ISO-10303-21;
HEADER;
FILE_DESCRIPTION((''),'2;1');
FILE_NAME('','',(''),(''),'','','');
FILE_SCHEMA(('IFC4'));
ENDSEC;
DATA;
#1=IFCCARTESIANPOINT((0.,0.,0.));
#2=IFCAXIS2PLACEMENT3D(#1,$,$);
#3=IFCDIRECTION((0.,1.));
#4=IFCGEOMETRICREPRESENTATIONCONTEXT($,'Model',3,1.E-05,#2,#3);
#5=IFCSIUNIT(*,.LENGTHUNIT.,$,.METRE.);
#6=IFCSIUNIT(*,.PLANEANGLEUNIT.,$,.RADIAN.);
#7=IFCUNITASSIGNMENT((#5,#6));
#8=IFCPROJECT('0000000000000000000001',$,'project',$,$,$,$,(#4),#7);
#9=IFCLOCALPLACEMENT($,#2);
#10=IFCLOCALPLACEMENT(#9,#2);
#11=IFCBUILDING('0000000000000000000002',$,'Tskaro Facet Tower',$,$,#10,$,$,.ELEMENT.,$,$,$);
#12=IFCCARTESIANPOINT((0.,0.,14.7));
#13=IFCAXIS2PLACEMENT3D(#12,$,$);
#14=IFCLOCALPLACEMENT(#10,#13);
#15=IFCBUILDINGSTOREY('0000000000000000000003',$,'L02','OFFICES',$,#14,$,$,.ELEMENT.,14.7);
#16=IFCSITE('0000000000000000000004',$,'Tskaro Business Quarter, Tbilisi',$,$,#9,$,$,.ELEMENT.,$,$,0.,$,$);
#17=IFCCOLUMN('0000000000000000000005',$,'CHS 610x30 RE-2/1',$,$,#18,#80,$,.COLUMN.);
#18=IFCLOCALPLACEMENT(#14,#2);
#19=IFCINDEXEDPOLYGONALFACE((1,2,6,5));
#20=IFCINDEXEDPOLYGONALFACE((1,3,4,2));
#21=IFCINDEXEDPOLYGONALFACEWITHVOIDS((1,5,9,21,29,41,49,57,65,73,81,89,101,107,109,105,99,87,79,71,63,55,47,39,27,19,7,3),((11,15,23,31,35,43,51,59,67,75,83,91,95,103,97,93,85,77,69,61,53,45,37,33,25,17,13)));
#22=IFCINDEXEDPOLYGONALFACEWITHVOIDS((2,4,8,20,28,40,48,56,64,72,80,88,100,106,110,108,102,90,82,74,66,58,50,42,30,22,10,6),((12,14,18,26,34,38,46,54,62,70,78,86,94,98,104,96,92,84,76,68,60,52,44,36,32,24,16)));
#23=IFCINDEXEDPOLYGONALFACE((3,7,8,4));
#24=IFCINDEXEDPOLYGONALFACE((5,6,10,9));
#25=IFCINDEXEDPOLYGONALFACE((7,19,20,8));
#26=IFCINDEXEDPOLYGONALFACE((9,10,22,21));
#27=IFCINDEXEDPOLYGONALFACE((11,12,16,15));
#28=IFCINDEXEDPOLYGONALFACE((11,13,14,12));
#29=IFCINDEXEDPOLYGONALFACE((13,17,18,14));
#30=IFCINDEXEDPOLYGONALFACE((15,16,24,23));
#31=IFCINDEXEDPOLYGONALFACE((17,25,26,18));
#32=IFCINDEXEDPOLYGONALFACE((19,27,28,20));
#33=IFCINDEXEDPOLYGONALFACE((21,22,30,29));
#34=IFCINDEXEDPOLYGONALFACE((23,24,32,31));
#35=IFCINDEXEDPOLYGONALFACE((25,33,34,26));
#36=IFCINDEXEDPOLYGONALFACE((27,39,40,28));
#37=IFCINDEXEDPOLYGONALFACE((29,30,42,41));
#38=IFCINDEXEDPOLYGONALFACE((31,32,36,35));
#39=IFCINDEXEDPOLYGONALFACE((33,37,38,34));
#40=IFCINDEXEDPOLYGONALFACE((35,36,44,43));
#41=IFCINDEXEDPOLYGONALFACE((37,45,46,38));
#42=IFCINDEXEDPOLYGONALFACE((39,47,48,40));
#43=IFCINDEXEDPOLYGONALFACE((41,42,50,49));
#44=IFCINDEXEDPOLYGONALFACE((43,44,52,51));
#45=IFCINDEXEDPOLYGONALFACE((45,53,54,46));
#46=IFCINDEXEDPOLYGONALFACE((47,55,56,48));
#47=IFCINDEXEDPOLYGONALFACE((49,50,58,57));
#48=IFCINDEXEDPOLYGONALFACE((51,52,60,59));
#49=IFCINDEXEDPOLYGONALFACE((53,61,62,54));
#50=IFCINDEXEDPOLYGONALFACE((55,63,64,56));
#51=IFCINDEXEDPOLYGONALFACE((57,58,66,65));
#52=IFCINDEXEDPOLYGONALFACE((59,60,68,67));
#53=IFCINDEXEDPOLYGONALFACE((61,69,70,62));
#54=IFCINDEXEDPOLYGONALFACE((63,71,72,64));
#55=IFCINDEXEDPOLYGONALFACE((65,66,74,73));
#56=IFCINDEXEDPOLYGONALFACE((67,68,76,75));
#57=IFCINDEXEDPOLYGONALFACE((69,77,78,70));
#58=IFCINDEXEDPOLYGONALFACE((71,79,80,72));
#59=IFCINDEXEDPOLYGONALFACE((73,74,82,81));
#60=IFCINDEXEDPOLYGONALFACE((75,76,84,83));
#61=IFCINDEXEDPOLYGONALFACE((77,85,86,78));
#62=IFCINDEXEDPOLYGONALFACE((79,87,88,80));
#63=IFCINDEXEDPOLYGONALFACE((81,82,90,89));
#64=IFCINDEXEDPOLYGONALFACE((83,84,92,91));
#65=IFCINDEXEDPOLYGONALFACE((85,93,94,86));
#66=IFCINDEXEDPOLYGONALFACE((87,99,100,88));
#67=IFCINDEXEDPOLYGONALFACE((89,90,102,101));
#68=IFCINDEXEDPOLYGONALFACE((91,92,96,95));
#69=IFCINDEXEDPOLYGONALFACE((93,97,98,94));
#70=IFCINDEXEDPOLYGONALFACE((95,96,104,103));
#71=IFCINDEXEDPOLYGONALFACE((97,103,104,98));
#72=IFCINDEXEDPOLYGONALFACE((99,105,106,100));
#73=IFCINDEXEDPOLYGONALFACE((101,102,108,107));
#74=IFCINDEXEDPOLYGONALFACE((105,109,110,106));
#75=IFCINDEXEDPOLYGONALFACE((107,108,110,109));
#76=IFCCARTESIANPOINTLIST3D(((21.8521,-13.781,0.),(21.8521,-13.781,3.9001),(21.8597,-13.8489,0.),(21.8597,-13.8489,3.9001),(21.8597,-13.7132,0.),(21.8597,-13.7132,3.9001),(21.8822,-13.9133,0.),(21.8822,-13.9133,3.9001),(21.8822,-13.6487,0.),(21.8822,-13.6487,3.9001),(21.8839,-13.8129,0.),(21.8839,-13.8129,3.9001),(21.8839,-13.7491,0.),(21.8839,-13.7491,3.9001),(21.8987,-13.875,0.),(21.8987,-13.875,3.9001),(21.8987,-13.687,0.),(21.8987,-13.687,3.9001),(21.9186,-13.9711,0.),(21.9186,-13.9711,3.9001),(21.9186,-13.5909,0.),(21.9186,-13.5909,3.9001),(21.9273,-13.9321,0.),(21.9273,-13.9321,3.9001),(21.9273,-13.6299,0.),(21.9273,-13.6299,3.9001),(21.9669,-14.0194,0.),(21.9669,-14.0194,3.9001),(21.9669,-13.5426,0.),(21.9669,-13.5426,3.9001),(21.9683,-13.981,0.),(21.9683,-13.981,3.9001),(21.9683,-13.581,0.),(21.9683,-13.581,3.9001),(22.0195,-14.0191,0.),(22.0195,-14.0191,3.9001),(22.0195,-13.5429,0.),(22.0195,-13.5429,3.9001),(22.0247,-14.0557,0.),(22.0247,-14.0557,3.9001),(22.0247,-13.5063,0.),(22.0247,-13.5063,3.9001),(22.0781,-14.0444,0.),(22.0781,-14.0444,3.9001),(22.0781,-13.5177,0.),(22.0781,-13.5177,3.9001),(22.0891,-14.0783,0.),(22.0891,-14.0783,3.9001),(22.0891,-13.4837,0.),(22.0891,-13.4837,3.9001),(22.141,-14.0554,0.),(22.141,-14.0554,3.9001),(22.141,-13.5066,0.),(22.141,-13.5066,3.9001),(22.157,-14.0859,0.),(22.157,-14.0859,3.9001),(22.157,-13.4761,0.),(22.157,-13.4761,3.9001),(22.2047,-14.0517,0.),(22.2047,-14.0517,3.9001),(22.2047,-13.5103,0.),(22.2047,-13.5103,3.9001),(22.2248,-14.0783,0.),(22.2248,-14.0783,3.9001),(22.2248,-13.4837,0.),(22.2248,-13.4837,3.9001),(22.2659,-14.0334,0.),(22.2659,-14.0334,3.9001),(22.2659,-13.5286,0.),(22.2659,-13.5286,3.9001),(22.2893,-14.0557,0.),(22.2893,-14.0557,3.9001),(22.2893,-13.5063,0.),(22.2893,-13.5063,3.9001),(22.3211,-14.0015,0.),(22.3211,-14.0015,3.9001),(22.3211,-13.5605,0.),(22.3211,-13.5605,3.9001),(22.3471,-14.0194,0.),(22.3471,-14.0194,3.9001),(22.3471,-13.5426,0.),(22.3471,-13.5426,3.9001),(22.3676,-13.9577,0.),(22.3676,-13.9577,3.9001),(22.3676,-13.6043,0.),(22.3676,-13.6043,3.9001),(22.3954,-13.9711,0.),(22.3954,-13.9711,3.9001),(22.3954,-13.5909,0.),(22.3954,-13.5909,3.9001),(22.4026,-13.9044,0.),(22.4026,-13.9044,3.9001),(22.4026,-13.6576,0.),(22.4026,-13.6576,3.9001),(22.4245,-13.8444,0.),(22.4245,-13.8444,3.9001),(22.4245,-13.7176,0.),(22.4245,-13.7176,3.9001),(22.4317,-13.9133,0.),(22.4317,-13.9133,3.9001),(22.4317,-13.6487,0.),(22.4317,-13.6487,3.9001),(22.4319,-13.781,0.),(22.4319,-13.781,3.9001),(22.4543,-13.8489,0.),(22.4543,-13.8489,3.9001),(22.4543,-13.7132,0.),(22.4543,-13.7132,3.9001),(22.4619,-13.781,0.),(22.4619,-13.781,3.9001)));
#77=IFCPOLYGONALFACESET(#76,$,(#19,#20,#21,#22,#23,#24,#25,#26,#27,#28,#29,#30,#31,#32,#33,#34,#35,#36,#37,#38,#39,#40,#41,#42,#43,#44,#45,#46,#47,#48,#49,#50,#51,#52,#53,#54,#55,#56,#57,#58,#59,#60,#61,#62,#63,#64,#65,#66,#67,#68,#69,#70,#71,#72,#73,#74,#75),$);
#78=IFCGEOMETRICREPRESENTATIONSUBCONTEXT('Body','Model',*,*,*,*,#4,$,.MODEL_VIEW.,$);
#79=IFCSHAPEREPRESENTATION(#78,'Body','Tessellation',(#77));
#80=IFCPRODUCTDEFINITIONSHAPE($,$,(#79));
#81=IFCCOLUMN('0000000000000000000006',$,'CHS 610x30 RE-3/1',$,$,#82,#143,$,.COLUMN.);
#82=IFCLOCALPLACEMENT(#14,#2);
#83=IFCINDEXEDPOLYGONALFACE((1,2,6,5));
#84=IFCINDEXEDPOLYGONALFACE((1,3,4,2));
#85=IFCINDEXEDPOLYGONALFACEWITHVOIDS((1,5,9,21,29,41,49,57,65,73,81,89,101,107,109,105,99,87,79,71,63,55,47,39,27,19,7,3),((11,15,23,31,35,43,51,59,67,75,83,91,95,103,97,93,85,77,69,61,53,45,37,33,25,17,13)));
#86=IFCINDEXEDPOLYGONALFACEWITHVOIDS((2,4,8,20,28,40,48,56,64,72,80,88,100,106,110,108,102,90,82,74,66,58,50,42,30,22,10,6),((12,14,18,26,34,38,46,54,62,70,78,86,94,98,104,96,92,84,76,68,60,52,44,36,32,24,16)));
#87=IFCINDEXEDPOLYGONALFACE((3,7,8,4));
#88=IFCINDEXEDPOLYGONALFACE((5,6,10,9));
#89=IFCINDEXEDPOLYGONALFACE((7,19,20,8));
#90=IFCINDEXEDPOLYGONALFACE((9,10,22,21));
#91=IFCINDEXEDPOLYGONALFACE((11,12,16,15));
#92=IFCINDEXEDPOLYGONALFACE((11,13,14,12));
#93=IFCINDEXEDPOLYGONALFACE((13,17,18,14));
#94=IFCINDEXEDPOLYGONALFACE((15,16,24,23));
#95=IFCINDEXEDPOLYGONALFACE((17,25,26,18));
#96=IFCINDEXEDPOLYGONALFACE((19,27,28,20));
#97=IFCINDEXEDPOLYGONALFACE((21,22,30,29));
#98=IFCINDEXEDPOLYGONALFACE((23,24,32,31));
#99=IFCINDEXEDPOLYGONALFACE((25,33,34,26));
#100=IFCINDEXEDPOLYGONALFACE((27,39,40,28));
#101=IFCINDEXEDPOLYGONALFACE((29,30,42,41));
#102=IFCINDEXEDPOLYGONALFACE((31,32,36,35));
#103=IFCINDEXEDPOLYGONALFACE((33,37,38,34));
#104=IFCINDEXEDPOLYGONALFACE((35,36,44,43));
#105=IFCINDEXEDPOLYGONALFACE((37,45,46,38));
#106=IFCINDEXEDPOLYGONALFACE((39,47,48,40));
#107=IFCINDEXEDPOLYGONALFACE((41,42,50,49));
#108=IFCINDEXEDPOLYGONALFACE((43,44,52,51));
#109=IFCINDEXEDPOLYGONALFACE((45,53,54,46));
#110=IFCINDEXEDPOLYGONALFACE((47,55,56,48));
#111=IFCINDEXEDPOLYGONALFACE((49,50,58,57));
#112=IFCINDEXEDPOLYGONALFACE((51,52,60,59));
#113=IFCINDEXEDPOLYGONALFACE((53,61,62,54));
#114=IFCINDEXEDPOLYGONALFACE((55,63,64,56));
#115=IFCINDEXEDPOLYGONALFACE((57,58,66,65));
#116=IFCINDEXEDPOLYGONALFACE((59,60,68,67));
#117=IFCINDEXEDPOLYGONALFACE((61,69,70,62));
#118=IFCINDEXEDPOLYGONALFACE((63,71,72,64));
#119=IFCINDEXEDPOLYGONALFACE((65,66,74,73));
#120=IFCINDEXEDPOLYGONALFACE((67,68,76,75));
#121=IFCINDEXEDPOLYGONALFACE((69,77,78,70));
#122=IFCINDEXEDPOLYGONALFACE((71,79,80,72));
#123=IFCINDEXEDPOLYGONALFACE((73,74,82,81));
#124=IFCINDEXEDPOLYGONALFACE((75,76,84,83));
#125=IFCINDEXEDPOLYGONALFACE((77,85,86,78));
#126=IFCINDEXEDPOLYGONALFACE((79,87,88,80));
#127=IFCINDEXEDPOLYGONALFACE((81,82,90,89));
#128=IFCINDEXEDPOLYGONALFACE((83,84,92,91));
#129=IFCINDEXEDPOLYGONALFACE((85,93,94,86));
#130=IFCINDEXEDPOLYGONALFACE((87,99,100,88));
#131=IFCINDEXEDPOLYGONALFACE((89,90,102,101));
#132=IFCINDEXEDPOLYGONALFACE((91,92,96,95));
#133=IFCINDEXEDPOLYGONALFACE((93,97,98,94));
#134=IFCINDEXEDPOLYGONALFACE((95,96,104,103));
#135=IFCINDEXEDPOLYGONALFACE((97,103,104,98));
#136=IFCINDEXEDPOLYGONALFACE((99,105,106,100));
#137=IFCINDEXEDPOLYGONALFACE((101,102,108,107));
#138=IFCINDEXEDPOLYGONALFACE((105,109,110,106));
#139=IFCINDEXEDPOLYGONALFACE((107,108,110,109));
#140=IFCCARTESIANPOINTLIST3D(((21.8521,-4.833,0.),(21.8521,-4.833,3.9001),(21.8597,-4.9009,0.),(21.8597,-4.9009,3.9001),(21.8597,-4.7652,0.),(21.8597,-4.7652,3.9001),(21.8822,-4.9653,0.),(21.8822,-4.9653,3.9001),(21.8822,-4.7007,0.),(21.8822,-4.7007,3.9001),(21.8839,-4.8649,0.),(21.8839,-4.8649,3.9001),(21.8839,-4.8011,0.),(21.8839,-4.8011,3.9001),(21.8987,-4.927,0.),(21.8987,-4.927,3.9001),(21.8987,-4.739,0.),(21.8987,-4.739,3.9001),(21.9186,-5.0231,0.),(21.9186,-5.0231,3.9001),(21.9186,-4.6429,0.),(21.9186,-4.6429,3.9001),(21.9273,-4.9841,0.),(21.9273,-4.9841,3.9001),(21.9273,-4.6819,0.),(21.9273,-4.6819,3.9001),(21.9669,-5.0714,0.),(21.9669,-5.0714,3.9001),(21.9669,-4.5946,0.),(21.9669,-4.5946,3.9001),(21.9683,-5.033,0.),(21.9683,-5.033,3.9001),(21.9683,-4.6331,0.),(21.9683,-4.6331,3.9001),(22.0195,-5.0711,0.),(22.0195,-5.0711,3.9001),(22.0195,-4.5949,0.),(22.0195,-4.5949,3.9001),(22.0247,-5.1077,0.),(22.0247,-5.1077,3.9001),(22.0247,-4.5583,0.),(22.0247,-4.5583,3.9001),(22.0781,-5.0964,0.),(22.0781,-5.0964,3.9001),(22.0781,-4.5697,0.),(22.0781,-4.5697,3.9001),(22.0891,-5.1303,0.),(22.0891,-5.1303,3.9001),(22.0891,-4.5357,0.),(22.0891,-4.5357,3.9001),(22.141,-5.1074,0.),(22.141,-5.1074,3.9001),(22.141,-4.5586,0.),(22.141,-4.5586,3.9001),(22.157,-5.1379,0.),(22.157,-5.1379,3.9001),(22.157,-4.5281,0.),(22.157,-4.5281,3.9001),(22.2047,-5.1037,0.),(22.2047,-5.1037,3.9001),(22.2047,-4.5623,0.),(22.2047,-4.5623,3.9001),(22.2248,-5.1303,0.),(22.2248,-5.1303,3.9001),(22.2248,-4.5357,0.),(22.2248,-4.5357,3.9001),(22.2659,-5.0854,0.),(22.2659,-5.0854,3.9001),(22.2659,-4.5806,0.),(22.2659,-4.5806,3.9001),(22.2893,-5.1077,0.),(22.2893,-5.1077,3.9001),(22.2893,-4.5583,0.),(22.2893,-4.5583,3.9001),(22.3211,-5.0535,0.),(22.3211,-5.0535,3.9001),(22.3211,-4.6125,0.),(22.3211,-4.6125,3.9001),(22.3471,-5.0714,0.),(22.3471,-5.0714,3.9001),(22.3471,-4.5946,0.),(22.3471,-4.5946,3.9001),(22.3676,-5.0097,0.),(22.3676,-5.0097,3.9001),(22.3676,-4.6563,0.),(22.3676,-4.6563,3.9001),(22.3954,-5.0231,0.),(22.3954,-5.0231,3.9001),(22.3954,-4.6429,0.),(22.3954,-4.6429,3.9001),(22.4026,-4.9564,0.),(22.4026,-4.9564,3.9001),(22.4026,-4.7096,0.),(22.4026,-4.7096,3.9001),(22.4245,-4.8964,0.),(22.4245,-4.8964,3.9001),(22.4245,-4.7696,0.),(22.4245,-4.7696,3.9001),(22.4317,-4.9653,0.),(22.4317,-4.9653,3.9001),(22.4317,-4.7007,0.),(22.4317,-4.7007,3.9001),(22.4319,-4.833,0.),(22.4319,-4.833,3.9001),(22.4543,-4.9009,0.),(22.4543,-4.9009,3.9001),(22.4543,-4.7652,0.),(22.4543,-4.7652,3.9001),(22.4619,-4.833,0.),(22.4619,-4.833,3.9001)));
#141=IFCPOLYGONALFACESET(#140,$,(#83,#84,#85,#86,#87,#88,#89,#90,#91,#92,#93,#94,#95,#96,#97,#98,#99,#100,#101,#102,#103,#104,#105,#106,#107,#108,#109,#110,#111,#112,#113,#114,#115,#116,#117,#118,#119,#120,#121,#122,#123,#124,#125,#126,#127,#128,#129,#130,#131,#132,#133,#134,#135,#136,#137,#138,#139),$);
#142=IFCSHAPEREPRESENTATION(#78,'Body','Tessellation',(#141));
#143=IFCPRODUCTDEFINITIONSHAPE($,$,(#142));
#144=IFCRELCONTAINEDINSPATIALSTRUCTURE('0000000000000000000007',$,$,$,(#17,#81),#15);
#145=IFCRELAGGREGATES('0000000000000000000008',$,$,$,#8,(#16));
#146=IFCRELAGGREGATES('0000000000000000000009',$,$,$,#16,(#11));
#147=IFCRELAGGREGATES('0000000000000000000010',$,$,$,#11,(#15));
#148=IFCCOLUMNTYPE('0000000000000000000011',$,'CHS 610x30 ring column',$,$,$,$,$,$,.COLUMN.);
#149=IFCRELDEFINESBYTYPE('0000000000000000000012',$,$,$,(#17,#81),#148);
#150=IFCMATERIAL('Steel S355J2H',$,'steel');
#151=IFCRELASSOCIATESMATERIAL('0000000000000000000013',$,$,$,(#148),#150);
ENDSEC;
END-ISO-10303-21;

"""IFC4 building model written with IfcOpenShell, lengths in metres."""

from ifc_helpers import new_model, si_unit, direction, frame, origin, origin_2d, place, context, subcontext, project, spatial, hollow_circle, extrude, material, material_profile, profile_set, type_object, element, save


model = new_model("IFC4")

# Units and contexts
model_context = context("Model", 3, precision=1e-05, world=origin(), true_north=direction((0.0, 1.0)))
body_context = subcontext(model_context, "Body", "Model", "MODEL_VIEW")
ifc_project = project(units=[si_unit("LENGTHUNIT", "METRE"), si_unit("PLANEANGLEUNIT", "RADIAN")], contexts=[model_context])

# Site, building, storey
site_placement = place(None, origin())
site = spatial("IfcSite", under=ifc_project, at=site_placement, Name="Tskaro Business Quarter, Tbilisi", CompositionType="ELEMENT", RefElevation=0.0)
building_placement = place(site_placement, origin())
building = spatial("IfcBuilding", under=site, at=building_placement, Name="Tskaro Facet Tower", CompositionType="ELEMENT")
storey_placement = place(building_placement, frame((0.0, 0.0, 14.7)))
storey = spatial("IfcBuildingStorey", under=building, at=storey_placement, Name="L02", Description="OFFICES", CompositionType="ELEMENT", Elevation=14.7)

# Columns
ifc_material_1 = material(Name="Steel S355J2H", Category="steel")
ifc_material_profile_1 = material_profile(ifc_material_1, hollow_circle(Radius=0.3049, WallThickness=0.03, at=origin_2d()), Name="CHS 610x30")
ifc_profile_set_1 = profile_set([ifc_material_profile_1], Name="Steel S355J2H")
column_type_1 = type_object("IfcColumnType", Name="CHS 610x30 ring column", PredefinedType="COLUMN", material=ifc_profile_set_1)
for number, where, z_axis, x_axis, name in (
    (1, (22.157, -13.781, 0.0), (0.0, 0.0, 1.0), (1.0, 0.0, 0.0), "CHS 610x30 RE-2/1"),
    (2, (22.157, -4.833, 0.0), (0.0, 0.0, 1.0), (1.0, 0.0, 0.0), "CHS 610x30 RE-3/1"),
):
    element("IfcColumn", number, at=place(storey_placement, frame(where, z_axis=z_axis, x_axis=x_axis)), inside=storey, type_object=column_type_1, Name=name, PredefinedType="COLUMN", context=body_context, shape_type="SweptSolid", body=[
        extrude(hollow_circle(Radius=0.3049, WallThickness=0.03, at=origin_2d()), origin(), (0.0, 0.0, 1.0), 3.9001),
    ])

save(model, "model.ifc")
